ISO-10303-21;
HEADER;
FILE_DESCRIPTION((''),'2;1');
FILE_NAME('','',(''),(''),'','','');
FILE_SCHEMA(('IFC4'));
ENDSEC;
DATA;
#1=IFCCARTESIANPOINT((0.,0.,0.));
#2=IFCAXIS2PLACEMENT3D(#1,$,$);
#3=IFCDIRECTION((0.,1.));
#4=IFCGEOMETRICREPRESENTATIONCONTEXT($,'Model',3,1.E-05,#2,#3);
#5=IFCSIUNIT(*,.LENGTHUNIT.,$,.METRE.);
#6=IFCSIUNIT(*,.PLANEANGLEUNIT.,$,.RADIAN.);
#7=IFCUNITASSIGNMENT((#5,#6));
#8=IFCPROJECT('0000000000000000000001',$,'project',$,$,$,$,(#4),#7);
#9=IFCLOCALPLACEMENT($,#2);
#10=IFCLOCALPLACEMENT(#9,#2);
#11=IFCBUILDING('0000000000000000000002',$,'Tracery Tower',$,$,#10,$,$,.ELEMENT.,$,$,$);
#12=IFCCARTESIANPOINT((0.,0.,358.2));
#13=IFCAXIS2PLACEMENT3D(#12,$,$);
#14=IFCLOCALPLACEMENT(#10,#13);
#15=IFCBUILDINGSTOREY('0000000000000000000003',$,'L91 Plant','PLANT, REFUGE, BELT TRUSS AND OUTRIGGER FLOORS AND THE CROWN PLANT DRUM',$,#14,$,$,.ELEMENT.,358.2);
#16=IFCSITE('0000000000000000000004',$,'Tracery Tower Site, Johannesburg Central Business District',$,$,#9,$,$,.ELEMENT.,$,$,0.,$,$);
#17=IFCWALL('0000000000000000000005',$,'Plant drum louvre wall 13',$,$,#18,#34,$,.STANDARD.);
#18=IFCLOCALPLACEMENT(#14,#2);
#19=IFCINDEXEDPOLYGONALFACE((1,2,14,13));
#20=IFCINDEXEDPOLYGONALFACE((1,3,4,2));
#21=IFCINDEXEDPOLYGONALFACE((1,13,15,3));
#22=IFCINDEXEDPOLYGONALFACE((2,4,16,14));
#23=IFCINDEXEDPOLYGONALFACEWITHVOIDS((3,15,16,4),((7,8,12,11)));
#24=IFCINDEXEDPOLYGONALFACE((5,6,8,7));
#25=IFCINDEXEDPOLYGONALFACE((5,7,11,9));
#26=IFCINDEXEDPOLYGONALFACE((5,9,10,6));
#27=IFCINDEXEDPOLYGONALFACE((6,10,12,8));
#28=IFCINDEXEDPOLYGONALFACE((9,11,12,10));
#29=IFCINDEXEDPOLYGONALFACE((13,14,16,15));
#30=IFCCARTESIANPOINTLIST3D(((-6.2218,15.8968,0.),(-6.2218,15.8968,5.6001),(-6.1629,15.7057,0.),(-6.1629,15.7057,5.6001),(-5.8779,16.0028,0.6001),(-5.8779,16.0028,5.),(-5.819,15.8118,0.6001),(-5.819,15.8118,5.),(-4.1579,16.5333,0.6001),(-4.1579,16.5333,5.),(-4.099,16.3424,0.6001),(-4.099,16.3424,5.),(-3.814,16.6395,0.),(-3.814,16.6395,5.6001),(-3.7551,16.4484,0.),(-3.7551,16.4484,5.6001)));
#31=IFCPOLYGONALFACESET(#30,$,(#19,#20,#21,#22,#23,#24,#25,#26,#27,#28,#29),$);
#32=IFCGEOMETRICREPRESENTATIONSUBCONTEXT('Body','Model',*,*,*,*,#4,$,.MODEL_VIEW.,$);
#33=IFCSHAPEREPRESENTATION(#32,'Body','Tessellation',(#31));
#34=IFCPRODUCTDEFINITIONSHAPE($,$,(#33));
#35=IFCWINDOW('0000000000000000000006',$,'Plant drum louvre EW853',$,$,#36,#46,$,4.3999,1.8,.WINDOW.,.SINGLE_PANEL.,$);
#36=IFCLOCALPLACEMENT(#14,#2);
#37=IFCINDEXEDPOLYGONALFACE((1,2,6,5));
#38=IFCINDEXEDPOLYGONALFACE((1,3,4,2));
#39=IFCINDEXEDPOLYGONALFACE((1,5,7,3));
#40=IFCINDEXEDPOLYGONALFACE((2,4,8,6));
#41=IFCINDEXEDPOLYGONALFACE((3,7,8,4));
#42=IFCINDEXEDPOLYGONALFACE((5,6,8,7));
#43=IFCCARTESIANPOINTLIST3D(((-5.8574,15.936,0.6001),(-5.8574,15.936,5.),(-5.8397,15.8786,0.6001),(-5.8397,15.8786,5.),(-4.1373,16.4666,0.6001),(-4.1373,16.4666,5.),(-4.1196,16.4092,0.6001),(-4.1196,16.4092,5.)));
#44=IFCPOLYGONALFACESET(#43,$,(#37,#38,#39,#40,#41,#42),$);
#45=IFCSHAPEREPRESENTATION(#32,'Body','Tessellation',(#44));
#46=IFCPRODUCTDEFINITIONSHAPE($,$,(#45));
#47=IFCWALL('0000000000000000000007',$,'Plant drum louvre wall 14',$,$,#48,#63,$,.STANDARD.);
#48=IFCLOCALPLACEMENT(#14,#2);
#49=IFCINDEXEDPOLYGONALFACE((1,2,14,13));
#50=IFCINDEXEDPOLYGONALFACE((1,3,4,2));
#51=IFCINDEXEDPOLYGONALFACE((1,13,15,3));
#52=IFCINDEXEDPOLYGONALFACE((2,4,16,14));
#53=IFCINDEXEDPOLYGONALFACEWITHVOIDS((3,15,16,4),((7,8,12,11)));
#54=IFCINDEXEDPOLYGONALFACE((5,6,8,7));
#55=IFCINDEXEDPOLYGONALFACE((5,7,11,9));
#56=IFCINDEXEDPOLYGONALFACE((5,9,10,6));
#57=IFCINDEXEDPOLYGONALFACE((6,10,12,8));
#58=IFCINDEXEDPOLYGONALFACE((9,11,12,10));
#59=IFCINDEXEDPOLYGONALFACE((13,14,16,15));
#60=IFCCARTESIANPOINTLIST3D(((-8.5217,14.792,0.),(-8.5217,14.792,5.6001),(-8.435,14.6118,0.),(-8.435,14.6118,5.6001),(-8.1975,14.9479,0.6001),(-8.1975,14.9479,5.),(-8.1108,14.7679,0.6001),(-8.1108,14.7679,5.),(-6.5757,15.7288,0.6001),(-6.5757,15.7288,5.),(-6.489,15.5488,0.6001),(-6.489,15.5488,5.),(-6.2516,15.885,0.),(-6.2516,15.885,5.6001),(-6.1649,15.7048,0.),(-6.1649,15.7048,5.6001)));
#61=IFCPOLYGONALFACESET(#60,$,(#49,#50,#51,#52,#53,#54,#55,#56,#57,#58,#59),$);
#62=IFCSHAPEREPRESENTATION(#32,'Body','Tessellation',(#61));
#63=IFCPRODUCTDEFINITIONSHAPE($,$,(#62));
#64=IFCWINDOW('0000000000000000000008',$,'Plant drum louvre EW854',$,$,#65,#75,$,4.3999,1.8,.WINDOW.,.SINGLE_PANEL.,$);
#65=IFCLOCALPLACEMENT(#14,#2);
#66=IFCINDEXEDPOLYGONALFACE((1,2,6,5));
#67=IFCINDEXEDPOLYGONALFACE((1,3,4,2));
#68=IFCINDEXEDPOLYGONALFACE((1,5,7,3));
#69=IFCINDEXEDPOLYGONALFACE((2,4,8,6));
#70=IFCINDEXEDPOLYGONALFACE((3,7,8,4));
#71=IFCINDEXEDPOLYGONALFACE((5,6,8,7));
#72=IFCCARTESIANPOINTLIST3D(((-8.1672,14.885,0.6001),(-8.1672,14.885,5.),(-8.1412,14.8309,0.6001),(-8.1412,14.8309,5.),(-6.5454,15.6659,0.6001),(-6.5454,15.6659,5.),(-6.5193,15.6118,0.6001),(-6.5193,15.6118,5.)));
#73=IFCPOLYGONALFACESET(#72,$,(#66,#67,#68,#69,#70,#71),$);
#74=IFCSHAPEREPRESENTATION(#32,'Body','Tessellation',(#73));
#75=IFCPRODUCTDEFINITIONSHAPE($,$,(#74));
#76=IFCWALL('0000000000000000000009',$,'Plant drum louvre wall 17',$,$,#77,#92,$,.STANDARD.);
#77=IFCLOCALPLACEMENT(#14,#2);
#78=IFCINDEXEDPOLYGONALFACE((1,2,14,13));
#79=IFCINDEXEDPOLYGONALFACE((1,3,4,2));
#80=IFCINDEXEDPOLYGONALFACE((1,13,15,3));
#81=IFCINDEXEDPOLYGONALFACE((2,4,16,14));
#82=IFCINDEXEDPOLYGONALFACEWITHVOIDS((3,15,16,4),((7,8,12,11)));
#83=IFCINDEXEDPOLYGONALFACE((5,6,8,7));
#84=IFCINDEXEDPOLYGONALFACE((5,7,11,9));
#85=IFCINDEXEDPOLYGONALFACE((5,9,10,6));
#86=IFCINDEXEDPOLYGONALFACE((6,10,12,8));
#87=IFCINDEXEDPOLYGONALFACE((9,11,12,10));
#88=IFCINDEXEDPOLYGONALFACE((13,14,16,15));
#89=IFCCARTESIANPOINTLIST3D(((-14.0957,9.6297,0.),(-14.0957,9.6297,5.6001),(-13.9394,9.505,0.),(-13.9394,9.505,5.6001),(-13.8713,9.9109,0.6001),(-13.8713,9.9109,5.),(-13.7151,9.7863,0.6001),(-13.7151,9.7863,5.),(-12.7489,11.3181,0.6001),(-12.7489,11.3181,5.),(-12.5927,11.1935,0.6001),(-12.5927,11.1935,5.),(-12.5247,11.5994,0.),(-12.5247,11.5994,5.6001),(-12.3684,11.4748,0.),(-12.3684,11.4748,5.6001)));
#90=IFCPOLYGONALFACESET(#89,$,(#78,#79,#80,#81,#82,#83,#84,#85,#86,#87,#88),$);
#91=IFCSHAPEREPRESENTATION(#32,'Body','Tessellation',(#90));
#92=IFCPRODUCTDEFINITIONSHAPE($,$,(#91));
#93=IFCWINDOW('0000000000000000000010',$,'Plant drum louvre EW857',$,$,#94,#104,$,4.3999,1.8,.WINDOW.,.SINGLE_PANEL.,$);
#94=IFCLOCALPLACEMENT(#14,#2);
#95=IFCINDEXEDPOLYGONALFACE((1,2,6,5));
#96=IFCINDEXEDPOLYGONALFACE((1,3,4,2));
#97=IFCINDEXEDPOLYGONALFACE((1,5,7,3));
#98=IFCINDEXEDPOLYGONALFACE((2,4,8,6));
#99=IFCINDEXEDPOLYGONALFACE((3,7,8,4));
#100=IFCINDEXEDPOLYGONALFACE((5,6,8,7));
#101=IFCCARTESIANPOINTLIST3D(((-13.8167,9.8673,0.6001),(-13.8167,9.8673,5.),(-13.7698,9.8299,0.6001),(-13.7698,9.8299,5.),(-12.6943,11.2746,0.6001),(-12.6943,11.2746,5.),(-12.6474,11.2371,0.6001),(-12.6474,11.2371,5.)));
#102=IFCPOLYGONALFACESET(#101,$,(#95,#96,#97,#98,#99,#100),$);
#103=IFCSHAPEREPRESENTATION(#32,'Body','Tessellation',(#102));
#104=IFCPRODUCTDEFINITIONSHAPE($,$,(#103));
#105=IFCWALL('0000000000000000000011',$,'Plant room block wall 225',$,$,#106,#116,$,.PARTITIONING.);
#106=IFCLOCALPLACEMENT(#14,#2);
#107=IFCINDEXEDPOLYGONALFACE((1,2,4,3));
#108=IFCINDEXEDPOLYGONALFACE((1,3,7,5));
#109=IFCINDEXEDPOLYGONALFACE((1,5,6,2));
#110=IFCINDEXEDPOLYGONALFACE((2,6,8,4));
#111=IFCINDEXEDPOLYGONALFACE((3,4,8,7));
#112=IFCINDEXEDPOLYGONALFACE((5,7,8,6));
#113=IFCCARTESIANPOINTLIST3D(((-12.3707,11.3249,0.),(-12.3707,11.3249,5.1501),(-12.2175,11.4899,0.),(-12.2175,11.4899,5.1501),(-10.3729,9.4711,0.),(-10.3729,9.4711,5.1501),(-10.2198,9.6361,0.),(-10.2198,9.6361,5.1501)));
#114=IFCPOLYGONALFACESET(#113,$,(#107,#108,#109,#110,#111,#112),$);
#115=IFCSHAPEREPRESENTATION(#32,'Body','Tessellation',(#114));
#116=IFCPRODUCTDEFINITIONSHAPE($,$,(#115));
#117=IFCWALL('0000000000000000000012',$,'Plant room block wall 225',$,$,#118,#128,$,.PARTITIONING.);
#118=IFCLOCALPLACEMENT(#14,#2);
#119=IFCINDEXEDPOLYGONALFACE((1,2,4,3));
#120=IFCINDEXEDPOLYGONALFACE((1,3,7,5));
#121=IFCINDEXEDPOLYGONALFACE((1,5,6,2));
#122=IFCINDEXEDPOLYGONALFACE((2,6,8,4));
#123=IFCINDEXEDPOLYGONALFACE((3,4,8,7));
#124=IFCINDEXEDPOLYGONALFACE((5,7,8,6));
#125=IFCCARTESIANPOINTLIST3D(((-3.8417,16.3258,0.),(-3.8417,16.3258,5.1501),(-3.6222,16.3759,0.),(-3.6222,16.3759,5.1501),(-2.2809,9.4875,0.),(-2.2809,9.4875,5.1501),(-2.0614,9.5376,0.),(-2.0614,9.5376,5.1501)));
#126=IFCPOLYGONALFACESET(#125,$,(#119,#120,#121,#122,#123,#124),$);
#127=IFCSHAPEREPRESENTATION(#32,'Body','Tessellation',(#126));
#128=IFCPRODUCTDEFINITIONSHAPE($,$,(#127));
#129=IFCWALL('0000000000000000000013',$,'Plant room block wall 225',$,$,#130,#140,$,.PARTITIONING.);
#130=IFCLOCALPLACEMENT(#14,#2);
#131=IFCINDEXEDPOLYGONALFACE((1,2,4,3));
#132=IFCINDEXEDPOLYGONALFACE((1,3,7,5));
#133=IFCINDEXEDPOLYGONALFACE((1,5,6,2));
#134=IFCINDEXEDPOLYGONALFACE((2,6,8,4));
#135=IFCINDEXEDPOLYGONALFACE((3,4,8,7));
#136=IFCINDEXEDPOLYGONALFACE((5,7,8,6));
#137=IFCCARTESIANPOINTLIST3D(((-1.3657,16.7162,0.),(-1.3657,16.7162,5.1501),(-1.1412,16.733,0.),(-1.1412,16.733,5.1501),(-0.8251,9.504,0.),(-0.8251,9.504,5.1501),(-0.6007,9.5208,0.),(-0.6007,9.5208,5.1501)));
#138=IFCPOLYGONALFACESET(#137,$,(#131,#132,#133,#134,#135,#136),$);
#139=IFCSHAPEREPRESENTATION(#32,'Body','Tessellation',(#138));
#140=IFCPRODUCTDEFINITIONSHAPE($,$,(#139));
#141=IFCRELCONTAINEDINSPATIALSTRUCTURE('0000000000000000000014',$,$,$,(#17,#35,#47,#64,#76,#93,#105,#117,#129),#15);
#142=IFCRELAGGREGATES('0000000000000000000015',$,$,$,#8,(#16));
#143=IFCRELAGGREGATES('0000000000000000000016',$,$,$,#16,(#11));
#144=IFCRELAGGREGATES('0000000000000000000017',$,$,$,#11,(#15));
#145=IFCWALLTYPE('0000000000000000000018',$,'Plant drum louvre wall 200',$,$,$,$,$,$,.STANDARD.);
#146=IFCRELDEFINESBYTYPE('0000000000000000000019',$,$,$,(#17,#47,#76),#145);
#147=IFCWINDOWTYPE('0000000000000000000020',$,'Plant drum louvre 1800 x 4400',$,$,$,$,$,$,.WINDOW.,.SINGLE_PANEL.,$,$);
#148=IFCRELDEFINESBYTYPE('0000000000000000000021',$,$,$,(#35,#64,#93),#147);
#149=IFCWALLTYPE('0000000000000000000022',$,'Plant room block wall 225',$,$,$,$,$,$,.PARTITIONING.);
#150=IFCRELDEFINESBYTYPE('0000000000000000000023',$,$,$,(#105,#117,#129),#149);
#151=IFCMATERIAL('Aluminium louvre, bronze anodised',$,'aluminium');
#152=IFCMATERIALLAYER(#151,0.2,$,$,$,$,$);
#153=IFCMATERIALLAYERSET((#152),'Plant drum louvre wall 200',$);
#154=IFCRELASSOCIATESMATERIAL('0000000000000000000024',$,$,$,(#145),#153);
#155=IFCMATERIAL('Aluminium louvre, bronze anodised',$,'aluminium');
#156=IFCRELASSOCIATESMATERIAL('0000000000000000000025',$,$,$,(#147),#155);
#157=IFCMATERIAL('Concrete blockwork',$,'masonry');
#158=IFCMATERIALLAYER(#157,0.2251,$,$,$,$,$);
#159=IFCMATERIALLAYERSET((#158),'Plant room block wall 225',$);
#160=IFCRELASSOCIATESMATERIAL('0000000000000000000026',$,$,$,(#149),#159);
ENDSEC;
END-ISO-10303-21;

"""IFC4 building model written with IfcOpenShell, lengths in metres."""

from ifc_helpers import new_model, si_unit, direction, frame, frame_2d, origin, place, context, subcontext, project, spatial, rectangle, extrude, material, layer, layer_set, type_object, element, fill, save


model = new_model("IFC4")

# Units and contexts
model_context = context("Model", 3, precision=1e-05, world=origin(), true_north=direction((0.0, 1.0)))
body_context = subcontext(model_context, "Body", "Model", "MODEL_VIEW")
ifc_project = project(units=[si_unit("LENGTHUNIT", "METRE"), si_unit("PLANEANGLEUNIT", "RADIAN")], contexts=[model_context])

# Site, building, storey
site_placement = place(None, origin())
site = spatial("IfcSite", under=ifc_project, at=site_placement, Name="Tracery Tower Site, Johannesburg Central Business District", CompositionType="ELEMENT", RefElevation=0.0)
building_placement = place(site_placement, origin())
building = spatial("IfcBuilding", under=site, at=building_placement, Name="Tracery Tower", CompositionType="ELEMENT")
storey_placement = place(building_placement, frame((0.0, 0.0, 358.2)))
storey = spatial("IfcBuildingStorey", under=building, at=storey_placement, Name="L91 Plant", Description="PLANT, REFUGE, BELT TRUSS AND OUTRIGGER FLOORS AND THE CROWN PLANT DRUM", CompositionType="ELEMENT", Elevation=358.2)

# Walls, openings, windows
ifc_material_1 = material(Name="Aluminium louvre, bronze anodised", Category="aluminium")
ifc_layer_1 = layer(ifc_material_1, 0.2)
ifc_layer_set_1 = layer_set([ifc_layer_1], Name="Plant drum louvre wall 200")
wall_type_1 = type_object("IfcWallType", Name="Plant drum louvre wall 200", PredefinedType="STANDARD", material=ifc_layer_set_1)
ifc_material_2 = material(Name="Aluminium louvre, bronze anodised", Category="aluminium")
window_type = type_object("IfcWindowType", Name="Plant drum louvre 1800 x 4400", PartitioningType="SINGLE_PANEL", PredefinedType="WINDOW", material=ifc_material_2)
wall_1_placement = place(storey_placement, frame((-3.7847, 16.5439, 0.0), z_axis=(0.0, 0.0, 1.0), x_axis=(-0.955573, -0.294753, 0.0)))
wall_1 = element("IfcWall", 1, at=wall_1_placement, inside=storey, type_object=wall_type_1, Name="Plant drum louvre wall 13", PredefinedType="STANDARD", context=body_context, shape_type="SweptSolid", body=[
    extrude(rectangle(XDim=2.5198, YDim=0.2, at=frame_2d((1.2598, 0.0))), origin(), (0.0, 0.0, 1.0), 5.6001),
])
opening_1_placement = place(wall_1_placement, frame((0.3599, 0.0, 0.6001)))
opening_1 = element("IfcOpeningElement", 2, at=opening_1_placement, cuts=wall_1, PredefinedType="OPENING", context=body_context, shape_type="SweptSolid", body=[
    extrude(rectangle(XDim=1.8, YDim=4.3999, at=frame_2d((0.8999, 2.2))), frame((0.0, 0.1001, 0.0), z_axis=(0.0, -1.0, 0.0), x_axis=(1.0, 0.0, 0.0)), (0.0, 0.0, 1.0), 0.2),
])
window_1_placement = place(opening_1_placement, origin())
window_1 = element("IfcWindow", 3, at=window_1_placement, inside=storey, type_object=window_type, Name="Plant drum louvre EW853", OverallHeight=4.3999, OverallWidth=1.8, PartitioningType="SINGLE_PANEL", PredefinedType="WINDOW", context=body_context, shape_type="SweptSolid", body=[
    extrude(rectangle(XDim=1.8, YDim=4.3999, at=frame_2d((0.8999, 2.2))), frame((0.0, 0.03, 0.0), z_axis=(0.0, -1.0, 0.0), x_axis=(1.0, 0.0, 0.0)), (0.0, 0.0, 1.0), 0.0601),
])
fill(opening_1, window_1)
wall_2_placement = place(storey_placement, frame((-6.2083, 15.7949, 0.0), z_axis=(0.0, 0.0, 1.0), x_axis=(-0.900995, -0.43383, 0.0)))
wall_2 = element("IfcWall", 4, at=wall_2_placement, inside=storey, type_object=wall_type_1, Name="Plant drum louvre wall 14", PredefinedType="STANDARD", context=body_context, shape_type="SweptSolid", body=[
    extrude(rectangle(XDim=2.5195, YDim=0.2, at=frame_2d((1.2598, 0.0))), origin(), (0.0, 0.0, 1.0), 5.6001),
])
opening_2_placement = place(wall_2_placement, frame((0.3599, 0.0, 0.6001)))
opening_2 = element("IfcOpeningElement", 5, at=opening_2_placement, cuts=wall_2, PredefinedType="OPENING", context=body_context, shape_type="SweptSolid", body=[
    extrude(rectangle(XDim=1.8, YDim=4.3999, at=frame_2d((0.8999, 2.2))), frame((0.0, 0.1001, 0.0), z_axis=(0.0, -1.0, 0.0), x_axis=(1.0, 0.0, 0.0)), (0.0, 0.0, 1.0), 0.2),
])
window_2_placement = place(opening_2_placement, origin())
window_2 = element("IfcWindow", 6, at=window_2_placement, inside=storey, type_object=window_type, Name="Plant drum louvre EW854", OverallHeight=4.3999, OverallWidth=1.8, PartitioningType="SINGLE_PANEL", PredefinedType="WINDOW", context=body_context, shape_type="SweptSolid", body=[
    extrude(rectangle(XDim=1.8, YDim=4.3999, at=frame_2d((0.8999, 2.2))), frame((0.0, 0.03, 0.0), z_axis=(0.0, -1.0, 0.0), x_axis=(1.0, 0.0, 0.0)), (0.0, 0.0, 1.0), 0.0601),
])
fill(opening_2, window_2)
wall_3_placement = place(storey_placement, frame((-12.4465, 11.5371, 0.0), z_axis=(0.0, 0.0, 1.0), x_axis=(-0.623548, -0.781785, 0.0)))
wall_3 = element("IfcWall", 7, at=wall_3_placement, inside=storey, type_object=wall_type_1, Name="Plant drum louvre wall 17", PredefinedType="STANDARD", context=body_context, shape_type="SweptSolid", body=[
    extrude(rectangle(XDim=2.5195, YDim=0.2, at=frame_2d((1.2598, 0.0))), origin(), (0.0, 0.0, 1.0), 5.6001),
])
opening_3_placement = place(wall_3_placement, frame((0.3599, 0.0, 0.6001)))
opening_3 = element("IfcOpeningElement", 8, at=opening_3_placement, cuts=wall_3, PredefinedType="OPENING", context=body_context, shape_type="SweptSolid", body=[
    extrude(rectangle(XDim=1.8, YDim=4.3999, at=frame_2d((0.8999, 2.2))), frame((0.0, 0.1001, 0.0), z_axis=(0.0, -1.0, 0.0), x_axis=(1.0, 0.0, 0.0)), (0.0, 0.0, 1.0), 0.2),
])
window_3_placement = place(opening_3_placement, origin())
window_3 = element("IfcWindow", 9, at=window_3_placement, inside=storey, type_object=window_type, Name="Plant drum louvre EW857", OverallHeight=4.3999, OverallWidth=1.8, PartitioningType="SINGLE_PANEL", PredefinedType="WINDOW", context=body_context, shape_type="SweptSolid", body=[
    extrude(rectangle(XDim=1.8, YDim=4.3999, at=frame_2d((0.8999, 2.2))), frame((0.0, 0.03, 0.0), z_axis=(0.0, -1.0, 0.0), x_axis=(1.0, 0.0, 0.0)), (0.0, 0.0, 1.0), 0.0601),
])
fill(opening_3, window_3)

# Walls
ifc_material_3 = material(Name="Concrete blockwork", Category="masonry")
ifc_layer_2 = layer(ifc_material_3, 0.2251)
ifc_layer_set_2 = layer_set([ifc_layer_2], Name="Plant room block wall 225")
wall_type_2 = type_object("IfcWallType", Name="Plant room block wall 225", PredefinedType="PARTITIONING", material=ifc_layer_set_2)
wall_4_placement = place(storey_placement, frame((-12.2942, 11.4075, 0.0), z_axis=(0.0, 0.0, 1.0), x_axis=(0.733039, -0.680186, 0.0)))
element("IfcWall", 10, at=wall_4_placement, inside=storey, type_object=wall_type_2, Name="Plant room block wall 225", PredefinedType="PARTITIONING", context=body_context, shape_type="SweptSolid", body=[
    extrude(rectangle(XDim=2.7253, YDim=0.2251, at=frame_2d((1.3628, 0.0))), origin(), (0.0, 0.0, 1.0), 5.1501),
])
wall_5_placement = place(storey_placement, frame((-3.7319, 16.3508, 0.0), z_axis=(0.0, 0.0, 1.0), x_axis=(0.222518, -0.974929, 0.0)))
element("IfcWall", 11, at=wall_5_placement, inside=storey, type_object=wall_type_2, Name="Plant room block wall 225", PredefinedType="PARTITIONING", context=body_context, shape_type="SweptSolid", body=[
    extrude(rectangle(XDim=7.0142, YDim=0.2251, at=frame_2d((3.5071, 0.0))), origin(), (0.0, 0.0, 1.0), 5.1501),
])
wall_6_placement = place(storey_placement, frame((-1.2534, 16.7246, 0.0), z_axis=(0.0, 0.0, 1.0), x_axis=(0.074737, -0.997203, 0.0)))
element("IfcWall", 12, at=wall_6_placement, inside=storey, type_object=wall_type_2, Name="Plant room block wall 225", PredefinedType="PARTITIONING", context=body_context, shape_type="SweptSolid", body=[
    extrude(rectangle(XDim=7.2324, YDim=0.2251, at=frame_2d((3.6162, 0.0))), origin(), (0.0, 0.0, 1.0), 5.1501),
])

save(model, "model.ifc")
